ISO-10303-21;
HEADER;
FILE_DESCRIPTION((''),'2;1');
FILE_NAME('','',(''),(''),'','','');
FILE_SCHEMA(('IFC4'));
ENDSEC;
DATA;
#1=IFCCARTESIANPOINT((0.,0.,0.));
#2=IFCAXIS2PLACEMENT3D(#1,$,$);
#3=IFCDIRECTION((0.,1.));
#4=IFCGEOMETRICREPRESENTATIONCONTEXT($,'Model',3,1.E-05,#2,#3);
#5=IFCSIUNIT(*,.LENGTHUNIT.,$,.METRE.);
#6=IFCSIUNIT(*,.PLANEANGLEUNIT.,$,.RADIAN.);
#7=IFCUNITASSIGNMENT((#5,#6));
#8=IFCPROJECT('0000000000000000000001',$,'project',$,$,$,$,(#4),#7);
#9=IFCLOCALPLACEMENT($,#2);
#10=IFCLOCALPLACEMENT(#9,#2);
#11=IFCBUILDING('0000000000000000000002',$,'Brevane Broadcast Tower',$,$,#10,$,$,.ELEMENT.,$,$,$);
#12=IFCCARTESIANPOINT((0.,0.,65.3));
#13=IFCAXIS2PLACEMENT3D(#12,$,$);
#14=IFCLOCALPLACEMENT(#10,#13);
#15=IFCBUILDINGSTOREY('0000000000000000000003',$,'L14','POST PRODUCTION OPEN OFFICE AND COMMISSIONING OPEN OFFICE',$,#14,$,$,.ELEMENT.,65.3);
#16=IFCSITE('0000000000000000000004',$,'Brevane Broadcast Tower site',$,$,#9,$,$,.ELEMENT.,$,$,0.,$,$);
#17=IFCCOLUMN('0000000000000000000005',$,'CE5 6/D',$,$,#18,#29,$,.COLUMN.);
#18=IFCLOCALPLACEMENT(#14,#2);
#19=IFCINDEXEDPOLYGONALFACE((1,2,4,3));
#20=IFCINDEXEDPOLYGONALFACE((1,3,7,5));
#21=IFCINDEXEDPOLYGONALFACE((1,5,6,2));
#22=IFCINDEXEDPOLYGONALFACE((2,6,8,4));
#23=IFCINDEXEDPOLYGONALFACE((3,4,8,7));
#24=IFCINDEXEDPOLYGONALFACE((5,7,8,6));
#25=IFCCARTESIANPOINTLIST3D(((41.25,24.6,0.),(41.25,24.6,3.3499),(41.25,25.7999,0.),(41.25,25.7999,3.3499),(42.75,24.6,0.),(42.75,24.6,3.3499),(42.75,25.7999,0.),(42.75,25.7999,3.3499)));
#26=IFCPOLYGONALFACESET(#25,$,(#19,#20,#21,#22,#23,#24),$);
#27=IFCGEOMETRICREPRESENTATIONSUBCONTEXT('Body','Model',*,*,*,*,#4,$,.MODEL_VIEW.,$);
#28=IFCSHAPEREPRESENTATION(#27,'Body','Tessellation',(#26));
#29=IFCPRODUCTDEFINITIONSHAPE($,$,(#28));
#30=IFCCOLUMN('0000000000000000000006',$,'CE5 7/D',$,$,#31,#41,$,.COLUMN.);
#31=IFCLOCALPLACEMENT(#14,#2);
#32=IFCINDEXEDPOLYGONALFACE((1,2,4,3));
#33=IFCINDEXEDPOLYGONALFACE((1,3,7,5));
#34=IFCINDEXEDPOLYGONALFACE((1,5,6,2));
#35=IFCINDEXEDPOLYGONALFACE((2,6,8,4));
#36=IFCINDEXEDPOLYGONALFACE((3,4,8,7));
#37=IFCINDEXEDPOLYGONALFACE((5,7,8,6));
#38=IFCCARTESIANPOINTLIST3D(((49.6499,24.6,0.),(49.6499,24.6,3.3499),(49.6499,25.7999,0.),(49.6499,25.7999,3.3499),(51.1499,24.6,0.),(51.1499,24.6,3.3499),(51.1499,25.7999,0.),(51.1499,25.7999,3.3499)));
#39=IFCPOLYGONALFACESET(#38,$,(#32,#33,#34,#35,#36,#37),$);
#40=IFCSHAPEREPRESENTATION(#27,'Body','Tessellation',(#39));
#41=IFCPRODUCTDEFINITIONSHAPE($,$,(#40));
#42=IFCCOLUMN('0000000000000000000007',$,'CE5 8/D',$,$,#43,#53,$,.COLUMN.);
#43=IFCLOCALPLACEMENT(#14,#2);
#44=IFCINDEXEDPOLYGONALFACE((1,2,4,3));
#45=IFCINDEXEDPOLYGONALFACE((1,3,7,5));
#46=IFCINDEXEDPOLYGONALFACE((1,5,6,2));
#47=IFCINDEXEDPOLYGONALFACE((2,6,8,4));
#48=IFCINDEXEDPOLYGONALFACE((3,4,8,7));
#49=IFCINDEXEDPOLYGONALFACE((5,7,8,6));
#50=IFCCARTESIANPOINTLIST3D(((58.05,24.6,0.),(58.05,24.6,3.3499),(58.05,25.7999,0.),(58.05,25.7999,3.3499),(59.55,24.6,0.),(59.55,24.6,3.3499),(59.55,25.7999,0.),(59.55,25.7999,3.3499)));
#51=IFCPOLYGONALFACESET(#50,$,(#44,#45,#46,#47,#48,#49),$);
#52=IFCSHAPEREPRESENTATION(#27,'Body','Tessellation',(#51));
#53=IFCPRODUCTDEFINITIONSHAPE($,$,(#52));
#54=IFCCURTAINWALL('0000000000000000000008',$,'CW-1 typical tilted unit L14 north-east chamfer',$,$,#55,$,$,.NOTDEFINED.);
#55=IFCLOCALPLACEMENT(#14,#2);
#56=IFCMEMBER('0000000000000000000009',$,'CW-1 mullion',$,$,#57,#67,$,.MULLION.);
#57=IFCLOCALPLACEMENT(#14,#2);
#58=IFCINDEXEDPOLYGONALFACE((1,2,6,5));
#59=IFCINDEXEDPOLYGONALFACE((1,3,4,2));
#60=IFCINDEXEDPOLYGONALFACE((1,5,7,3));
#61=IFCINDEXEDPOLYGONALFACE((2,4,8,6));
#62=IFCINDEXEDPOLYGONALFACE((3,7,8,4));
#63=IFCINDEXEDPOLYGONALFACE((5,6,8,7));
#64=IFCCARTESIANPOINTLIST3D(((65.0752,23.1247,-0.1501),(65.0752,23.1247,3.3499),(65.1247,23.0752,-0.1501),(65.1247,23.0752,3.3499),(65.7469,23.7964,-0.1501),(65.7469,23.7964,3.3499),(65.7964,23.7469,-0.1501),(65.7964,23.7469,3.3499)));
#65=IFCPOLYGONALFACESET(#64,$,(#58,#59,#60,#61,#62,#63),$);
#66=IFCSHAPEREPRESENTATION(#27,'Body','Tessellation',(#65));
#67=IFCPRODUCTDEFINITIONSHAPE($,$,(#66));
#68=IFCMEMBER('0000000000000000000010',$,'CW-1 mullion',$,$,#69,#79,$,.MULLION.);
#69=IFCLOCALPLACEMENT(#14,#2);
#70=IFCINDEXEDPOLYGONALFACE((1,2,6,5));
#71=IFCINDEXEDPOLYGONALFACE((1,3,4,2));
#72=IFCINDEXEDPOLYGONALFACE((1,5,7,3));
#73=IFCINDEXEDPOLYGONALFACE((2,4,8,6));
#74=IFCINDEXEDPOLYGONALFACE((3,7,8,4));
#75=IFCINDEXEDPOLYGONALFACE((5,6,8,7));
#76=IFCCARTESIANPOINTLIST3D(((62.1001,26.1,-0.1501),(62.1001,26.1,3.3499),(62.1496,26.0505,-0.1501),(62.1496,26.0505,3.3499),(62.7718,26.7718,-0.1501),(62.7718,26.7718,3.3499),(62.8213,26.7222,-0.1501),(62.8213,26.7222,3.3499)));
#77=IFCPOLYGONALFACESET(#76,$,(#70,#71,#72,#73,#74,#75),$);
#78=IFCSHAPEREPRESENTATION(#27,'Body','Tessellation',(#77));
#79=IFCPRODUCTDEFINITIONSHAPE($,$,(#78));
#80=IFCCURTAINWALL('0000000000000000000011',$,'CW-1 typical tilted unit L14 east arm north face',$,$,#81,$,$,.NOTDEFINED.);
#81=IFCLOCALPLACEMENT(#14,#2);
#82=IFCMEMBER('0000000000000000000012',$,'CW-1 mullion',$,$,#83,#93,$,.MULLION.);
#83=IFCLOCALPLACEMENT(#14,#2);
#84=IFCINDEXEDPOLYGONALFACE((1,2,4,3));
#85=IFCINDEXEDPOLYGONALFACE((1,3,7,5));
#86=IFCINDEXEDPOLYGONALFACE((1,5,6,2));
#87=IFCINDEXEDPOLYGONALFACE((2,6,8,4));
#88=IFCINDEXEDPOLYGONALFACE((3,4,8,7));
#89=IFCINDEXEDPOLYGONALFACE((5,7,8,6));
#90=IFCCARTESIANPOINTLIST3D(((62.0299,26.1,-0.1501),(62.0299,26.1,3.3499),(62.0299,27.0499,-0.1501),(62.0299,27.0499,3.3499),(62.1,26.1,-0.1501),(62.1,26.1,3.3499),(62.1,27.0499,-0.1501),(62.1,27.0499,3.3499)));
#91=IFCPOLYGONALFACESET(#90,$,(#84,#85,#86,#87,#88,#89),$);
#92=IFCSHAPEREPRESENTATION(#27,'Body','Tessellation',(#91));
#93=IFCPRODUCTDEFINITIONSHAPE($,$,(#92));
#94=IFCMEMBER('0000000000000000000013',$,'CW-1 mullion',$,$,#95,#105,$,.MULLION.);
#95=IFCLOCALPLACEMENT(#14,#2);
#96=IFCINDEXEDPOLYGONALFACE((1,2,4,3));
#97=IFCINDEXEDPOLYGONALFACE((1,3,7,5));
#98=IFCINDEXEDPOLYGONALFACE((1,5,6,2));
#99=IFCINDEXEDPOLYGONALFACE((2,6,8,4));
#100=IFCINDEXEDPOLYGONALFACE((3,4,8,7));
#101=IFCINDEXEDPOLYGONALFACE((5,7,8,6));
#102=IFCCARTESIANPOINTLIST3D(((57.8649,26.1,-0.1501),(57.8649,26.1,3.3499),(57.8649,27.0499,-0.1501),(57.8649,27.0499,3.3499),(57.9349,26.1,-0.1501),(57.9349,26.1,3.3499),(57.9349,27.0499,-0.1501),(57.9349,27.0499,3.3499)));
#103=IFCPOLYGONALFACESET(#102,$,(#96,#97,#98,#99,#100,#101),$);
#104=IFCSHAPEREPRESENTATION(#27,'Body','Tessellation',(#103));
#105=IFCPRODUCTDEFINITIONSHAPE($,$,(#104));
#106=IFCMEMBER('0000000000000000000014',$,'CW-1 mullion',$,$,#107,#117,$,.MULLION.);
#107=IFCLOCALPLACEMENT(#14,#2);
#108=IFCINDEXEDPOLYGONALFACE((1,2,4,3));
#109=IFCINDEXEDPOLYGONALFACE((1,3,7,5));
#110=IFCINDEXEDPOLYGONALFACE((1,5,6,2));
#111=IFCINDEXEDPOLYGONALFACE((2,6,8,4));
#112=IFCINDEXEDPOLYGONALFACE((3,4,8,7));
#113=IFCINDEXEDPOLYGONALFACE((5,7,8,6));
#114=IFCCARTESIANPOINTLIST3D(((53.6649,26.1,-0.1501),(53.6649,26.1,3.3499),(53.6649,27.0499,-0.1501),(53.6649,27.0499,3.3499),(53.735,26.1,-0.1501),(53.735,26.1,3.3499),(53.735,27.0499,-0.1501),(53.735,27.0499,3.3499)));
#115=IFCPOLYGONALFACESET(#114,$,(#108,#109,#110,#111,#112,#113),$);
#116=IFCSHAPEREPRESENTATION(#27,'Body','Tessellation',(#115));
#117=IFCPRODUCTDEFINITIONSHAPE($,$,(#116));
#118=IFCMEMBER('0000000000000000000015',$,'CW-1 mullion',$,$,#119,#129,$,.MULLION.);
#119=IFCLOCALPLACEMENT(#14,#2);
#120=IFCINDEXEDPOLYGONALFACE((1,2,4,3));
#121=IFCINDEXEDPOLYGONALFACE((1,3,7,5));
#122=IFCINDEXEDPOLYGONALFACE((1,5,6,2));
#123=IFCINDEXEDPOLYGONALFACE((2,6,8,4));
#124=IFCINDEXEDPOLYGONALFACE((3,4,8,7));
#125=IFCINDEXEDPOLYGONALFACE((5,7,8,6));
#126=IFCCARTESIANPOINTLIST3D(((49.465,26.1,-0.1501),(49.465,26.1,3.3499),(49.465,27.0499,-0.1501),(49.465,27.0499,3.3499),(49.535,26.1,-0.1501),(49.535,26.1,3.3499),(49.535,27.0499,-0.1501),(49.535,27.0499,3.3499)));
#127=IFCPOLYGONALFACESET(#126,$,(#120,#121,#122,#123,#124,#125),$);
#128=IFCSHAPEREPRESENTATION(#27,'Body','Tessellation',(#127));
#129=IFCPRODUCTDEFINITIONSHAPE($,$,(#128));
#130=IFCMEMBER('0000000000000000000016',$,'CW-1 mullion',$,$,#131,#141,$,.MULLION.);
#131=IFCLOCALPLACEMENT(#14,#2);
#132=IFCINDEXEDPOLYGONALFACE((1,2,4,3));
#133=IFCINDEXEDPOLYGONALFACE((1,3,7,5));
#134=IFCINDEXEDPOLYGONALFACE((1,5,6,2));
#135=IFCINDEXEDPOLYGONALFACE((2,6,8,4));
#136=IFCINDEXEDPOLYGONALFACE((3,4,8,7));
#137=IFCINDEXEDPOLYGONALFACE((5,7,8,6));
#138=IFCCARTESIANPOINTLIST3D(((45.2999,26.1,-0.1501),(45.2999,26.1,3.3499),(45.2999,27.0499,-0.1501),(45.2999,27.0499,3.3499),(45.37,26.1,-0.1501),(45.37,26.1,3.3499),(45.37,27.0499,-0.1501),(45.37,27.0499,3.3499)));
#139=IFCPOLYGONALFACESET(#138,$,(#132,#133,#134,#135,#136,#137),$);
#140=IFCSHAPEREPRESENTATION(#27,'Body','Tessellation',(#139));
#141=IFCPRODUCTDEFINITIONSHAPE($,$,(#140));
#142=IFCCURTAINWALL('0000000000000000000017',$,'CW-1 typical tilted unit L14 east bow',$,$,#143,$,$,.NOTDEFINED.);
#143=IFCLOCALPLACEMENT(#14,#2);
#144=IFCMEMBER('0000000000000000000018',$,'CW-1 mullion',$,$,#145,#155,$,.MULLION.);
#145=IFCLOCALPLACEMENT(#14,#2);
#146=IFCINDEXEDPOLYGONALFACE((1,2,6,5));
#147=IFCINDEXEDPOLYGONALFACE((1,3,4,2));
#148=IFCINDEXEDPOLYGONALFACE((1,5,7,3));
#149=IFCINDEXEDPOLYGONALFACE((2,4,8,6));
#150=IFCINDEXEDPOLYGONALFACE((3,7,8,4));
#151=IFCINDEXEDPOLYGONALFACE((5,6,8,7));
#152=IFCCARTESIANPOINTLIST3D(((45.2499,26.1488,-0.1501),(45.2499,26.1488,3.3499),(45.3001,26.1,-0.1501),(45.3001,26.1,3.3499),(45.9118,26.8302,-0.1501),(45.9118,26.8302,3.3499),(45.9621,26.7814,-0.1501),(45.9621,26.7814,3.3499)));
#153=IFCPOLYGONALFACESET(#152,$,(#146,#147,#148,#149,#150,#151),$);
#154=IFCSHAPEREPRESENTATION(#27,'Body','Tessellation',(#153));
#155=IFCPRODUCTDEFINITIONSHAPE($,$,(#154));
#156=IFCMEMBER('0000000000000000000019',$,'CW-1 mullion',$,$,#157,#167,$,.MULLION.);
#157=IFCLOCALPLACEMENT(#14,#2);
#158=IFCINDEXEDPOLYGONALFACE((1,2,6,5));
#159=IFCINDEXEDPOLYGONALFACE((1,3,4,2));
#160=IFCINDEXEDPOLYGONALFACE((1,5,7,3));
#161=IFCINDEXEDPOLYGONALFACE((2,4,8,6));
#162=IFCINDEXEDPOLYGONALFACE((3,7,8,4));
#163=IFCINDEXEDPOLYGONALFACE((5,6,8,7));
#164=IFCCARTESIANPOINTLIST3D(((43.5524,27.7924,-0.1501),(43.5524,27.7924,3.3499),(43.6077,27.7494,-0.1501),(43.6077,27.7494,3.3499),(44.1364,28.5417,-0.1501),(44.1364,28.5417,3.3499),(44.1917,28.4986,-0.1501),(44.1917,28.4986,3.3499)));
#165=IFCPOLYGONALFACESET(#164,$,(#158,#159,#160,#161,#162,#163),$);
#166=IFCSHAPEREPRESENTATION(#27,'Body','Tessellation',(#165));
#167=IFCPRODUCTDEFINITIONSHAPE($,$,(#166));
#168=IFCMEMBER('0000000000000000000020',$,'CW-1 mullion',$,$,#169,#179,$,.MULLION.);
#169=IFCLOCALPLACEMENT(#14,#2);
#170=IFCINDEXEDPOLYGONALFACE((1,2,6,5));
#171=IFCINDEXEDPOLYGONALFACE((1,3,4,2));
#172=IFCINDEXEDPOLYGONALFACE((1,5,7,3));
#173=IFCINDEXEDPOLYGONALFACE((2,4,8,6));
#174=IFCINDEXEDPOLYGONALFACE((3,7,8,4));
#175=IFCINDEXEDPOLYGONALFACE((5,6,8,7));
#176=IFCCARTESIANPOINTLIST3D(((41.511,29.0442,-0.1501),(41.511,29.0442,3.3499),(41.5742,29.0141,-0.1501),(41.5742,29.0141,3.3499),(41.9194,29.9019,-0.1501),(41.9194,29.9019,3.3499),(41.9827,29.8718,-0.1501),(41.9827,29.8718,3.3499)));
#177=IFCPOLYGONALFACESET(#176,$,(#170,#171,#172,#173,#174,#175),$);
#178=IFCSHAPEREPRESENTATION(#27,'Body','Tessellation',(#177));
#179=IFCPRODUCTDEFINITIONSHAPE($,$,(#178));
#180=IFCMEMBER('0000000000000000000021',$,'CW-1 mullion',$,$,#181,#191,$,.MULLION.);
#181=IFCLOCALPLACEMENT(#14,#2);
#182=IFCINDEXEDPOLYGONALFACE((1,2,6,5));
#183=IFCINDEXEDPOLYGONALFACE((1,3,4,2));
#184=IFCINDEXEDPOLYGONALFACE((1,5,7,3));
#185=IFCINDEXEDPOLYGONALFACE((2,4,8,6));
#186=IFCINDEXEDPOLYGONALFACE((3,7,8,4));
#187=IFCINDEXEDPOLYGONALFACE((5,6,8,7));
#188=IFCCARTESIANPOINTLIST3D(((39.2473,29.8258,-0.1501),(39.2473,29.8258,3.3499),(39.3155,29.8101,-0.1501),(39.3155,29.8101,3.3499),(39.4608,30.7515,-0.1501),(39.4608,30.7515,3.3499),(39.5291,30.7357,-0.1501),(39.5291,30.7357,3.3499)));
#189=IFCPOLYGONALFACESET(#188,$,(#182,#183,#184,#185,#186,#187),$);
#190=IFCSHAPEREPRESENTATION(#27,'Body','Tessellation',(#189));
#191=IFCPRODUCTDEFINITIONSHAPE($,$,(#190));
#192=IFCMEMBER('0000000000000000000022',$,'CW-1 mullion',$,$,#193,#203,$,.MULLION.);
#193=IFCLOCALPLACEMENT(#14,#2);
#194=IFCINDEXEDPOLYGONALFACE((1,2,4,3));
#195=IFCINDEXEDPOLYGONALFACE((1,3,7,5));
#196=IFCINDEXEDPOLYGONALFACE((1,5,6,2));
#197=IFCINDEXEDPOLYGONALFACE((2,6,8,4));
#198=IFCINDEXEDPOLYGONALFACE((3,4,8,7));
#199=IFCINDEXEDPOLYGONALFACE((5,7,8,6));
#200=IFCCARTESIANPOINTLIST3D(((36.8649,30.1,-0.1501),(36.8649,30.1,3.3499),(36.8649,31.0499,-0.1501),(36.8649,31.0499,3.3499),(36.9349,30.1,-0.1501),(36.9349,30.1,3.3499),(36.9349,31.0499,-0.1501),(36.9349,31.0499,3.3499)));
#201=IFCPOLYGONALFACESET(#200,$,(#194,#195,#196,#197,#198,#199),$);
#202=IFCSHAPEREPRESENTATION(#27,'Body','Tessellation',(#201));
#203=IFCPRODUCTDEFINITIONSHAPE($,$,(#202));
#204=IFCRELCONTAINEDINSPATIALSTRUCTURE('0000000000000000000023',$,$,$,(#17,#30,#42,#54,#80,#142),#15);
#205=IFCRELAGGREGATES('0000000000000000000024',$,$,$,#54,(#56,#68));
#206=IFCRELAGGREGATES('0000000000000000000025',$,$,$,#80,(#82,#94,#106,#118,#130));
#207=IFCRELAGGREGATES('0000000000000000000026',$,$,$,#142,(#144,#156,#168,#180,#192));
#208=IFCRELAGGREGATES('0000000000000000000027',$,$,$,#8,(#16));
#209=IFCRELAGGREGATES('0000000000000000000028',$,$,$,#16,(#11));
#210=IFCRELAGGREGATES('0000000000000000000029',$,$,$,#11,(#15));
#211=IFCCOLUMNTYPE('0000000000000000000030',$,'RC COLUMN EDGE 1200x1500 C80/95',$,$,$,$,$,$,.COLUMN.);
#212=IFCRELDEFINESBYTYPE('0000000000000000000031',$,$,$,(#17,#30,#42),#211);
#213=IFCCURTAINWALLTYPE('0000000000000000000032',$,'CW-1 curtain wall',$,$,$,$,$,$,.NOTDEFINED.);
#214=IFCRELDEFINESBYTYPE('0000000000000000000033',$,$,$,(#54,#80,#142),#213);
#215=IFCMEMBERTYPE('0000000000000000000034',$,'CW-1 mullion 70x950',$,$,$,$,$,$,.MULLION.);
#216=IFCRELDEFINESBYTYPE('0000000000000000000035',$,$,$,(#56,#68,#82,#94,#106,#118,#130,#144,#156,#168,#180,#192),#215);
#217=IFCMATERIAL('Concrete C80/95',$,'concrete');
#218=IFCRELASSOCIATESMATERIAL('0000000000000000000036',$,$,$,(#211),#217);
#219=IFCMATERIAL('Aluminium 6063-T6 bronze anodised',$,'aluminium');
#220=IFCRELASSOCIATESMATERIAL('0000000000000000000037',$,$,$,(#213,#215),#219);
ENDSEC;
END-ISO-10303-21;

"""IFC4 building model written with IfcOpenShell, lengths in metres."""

from ifc_helpers import new_model, si_unit, direction, frame, origin, origin_2d, place, context, subcontext, project, spatial, rectangle, extrude, material, material_profile, profile_set, type_object, element, aggregate, save


model = new_model("IFC4")

# Units and contexts
model_context = context("Model", 3, precision=1e-05, world=origin(), true_north=direction((0.0, 1.0)))
body_context = subcontext(model_context, "Body", "Model", "MODEL_VIEW")
ifc_project = project(units=[si_unit("LENGTHUNIT", "METRE"), si_unit("PLANEANGLEUNIT", "RADIAN")], contexts=[model_context])

# Site, building, storey
site_placement = place(None, origin())
site = spatial("IfcSite", under=ifc_project, at=site_placement, Name="Brevane Broadcast Tower site", CompositionType="ELEMENT", RefElevation=0.0)
building_placement = place(site_placement, origin())
building = spatial("IfcBuilding", under=site, at=building_placement, Name="Brevane Broadcast Tower", CompositionType="ELEMENT")
storey_placement = place(building_placement, frame((0.0, 0.0, 65.3)))
storey = spatial("IfcBuildingStorey", under=building, at=storey_placement, Name="L14", Description="POST PRODUCTION OPEN OFFICE AND COMMISSIONING OPEN OFFICE", CompositionType="ELEMENT", Elevation=65.3)

# Columns
ifc_material_1 = material(Name="Concrete C80/95", Category="concrete")
ifc_material_profile_1 = material_profile(ifc_material_1, rectangle(XDim=1.2, YDim=1.5, at=origin_2d()), Name="RC 1200x1500")
ifc_profile_set_1 = profile_set([ifc_material_profile_1], Name="Concrete C80/95")
column_type = type_object("IfcColumnType", Name="RC COLUMN EDGE 1200x1500 C80/95", PredefinedType="COLUMN", material=ifc_profile_set_1)
for number, where, z_axis, x_axis, name in (
    (1, (42.0, 25.2, 0.0), (0.0, 0.0, 1.0), (0.0, 1.0, 0.0), "CE5 6/D"),
    (2, (50.3999, 25.2, 0.0), (0.0, 0.0, 1.0), (0.0, 1.0, 0.0), "CE5 7/D"),
    (3, (58.8, 25.2, 0.0), (0.0, 0.0, 1.0), (0.0, 1.0, 0.0), "CE5 8/D"),
):
    element("IfcColumn", number, at=place(storey_placement, frame(where, z_axis=z_axis, x_axis=x_axis)), inside=storey, type_object=column_type, Name=name, PredefinedType="COLUMN", context=body_context, shape_type="SweptSolid", body=[
        extrude(rectangle(XDim=1.2, YDim=1.5, at=origin_2d()), origin(), (0.0, 0.0, 1.0), 3.3499),
    ])

# Curtain walls, members
ifc_material_2 = material(Name="Aluminium 6063-T6 bronze anodised", Category="aluminium")
curtain_wall_type = type_object("IfcCurtainWallType", Name="CW-1 curtain wall", PredefinedType="NOTDEFINED", material=ifc_material_2)
curtain_wall_1_placement = place(storey_placement, origin())
curtain_wall_1 = element("IfcCurtainWall", 4, at=curtain_wall_1_placement, inside=storey, type_object=curtain_wall_type, Name="CW-1 typical tilted unit L14 north-east chamfer", PredefinedType="NOTDEFINED")
ifc_material_profile_2 = material_profile(ifc_material_2, rectangle(XDim=0.95, YDim=0.0701, at=origin_2d()), Name="RECT 70x950")
ifc_profile_set_2 = profile_set([ifc_material_profile_2], Name="Aluminium 6063-T6 bronze anodised")
member_type_1 = type_object("IfcMemberType", Name="CW-1 mullion 70x950", PredefinedType="MULLION", material=ifc_profile_set_2)
member_1_placement = place(storey_placement, frame((65.4358, 23.4358, -0.1501), z_axis=(0.0, 0.0, 1.0), x_axis=(-0.707107, -0.707107, 0.0)))
member_1 = element("IfcMember", 5, at=member_1_placement, type_object=member_type_1, Name="CW-1 mullion", PredefinedType="MULLION", context=body_context, shape_type="SweptSolid", body=[
    extrude(rectangle(XDim=0.95, YDim=0.0701, at=origin_2d()), origin(), (0.0, 0.0, 1.0), 3.5),
])
member_2_placement = place(storey_placement, frame((62.4607, 26.4111, -0.1501), z_axis=(0.0, 0.0, 1.0), x_axis=(-0.707107, -0.707107, 0.0)))
member_2 = element("IfcMember", 6, at=member_2_placement, type_object=member_type_1, Name="CW-1 mullion", PredefinedType="MULLION", context=body_context, shape_type="SweptSolid", body=[
    extrude(rectangle(XDim=0.95, YDim=0.0701, at=origin_2d()), origin(), (0.0, 0.0, 1.0), 3.5),
])
aggregate(curtain_wall_1, [member_1, member_2])
curtain_wall_2_placement = place(storey_placement, origin())
curtain_wall_2 = element("IfcCurtainWall", 7, at=curtain_wall_2_placement, inside=storey, type_object=curtain_wall_type, Name="CW-1 typical tilted unit L14 east arm north face", PredefinedType="NOTDEFINED")
member_3_placement = place(storey_placement, frame((62.0649, 26.575, -0.1501), z_axis=(0.0, 0.0, 1.0), x_axis=(0.0, -1.0, 0.0)))
member_3 = element("IfcMember", 8, at=member_3_placement, type_object=member_type_1, Name="CW-1 mullion", PredefinedType="MULLION", context=body_context, shape_type="SweptSolid", body=[
    extrude(rectangle(XDim=0.95, YDim=0.0701, at=origin_2d()), origin(), (0.0, 0.0, 1.0), 3.5),
])
member_4_placement = place(storey_placement, frame((57.8999, 26.575, -0.1501), z_axis=(0.0, 0.0, 1.0), x_axis=(0.0, -1.0, 0.0)))
member_4 = element("IfcMember", 9, at=member_4_placement, type_object=member_type_1, Name="CW-1 mullion", PredefinedType="MULLION", context=body_context, shape_type="SweptSolid", body=[
    extrude(rectangle(XDim=0.95, YDim=0.0701, at=origin_2d()), origin(), (0.0, 0.0, 1.0), 3.5),
])
member_5_placement = place(storey_placement, frame((53.7, 26.575, -0.1501), z_axis=(0.0, 0.0, 1.0), x_axis=(0.0, -1.0, 0.0)))
member_5 = element("IfcMember", 10, at=member_5_placement, type_object=member_type_1, Name="CW-1 mullion", PredefinedType="MULLION", context=body_context, shape_type="SweptSolid", body=[
    extrude(rectangle(XDim=0.95, YDim=0.0701, at=origin_2d()), origin(), (0.0, 0.0, 1.0), 3.5),
])
member_6_placement = place(storey_placement, frame((49.5, 26.575, -0.1501), z_axis=(0.0, 0.0, 1.0), x_axis=(0.0, -1.0, 0.0)))
member_6 = element("IfcMember", 11, at=member_6_placement, type_object=member_type_1, Name="CW-1 mullion", PredefinedType="MULLION", context=body_context, shape_type="SweptSolid", body=[
    extrude(rectangle(XDim=0.95, YDim=0.0701, at=origin_2d()), origin(), (0.0, 0.0, 1.0), 3.5),
])
member_7_placement = place(storey_placement, frame((45.335, 26.575, -0.1501), z_axis=(0.0, 0.0, 1.0), x_axis=(0.0, -1.0, 0.0)))
member_7 = element("IfcMember", 12, at=member_7_placement, type_object=member_type_1, Name="CW-1 mullion", PredefinedType="MULLION", context=body_context, shape_type="SweptSolid", body=[
    extrude(rectangle(XDim=0.95, YDim=0.0701, at=origin_2d()), origin(), (0.0, 0.0, 1.0), 3.5),
])
curtain_wall_3_placement = place(storey_placement, origin())
curtain_wall_3 = element("IfcCurtainWall", 13, at=curtain_wall_3_placement, inside=storey, type_object=curtain_wall_type, Name="CW-1 typical tilted unit L14 east bow", PredefinedType="NOTDEFINED")
member_8_placement = place(storey_placement, frame((45.606, 26.4651, -0.1501), z_axis=(0.0, 0.0, 1.0), x_axis=(-0.696812, -0.717254, 0.0)))
member_8 = element("IfcMember", 14, at=member_8_placement, type_object=member_type_1, Name="CW-1 mullion", PredefinedType="MULLION", context=body_context, shape_type="SweptSolid", body=[
    extrude(rectangle(XDim=0.95, YDim=0.0701, at=origin_2d()), origin(), (0.0, 0.0, 1.0), 3.5),
])
member_9_placement = place(storey_placement, frame((43.8721, 28.1455, -0.1501), z_axis=(0.0, 0.0, 1.0), x_axis=(-0.61477, -0.788707, 0.0)))
member_9 = element("IfcMember", 15, at=member_9_placement, type_object=member_type_1, Name="CW-1 mullion", PredefinedType="MULLION", context=body_context, shape_type="SweptSolid", body=[
    extrude(rectangle(XDim=0.95, YDim=0.0701, at=origin_2d()), origin(), (0.0, 0.0, 1.0), 3.5),
])
member_10_placement = place(storey_placement, frame((41.7468, 29.458, -0.1501), z_axis=(0.0, 0.0, 1.0), x_axis=(-0.429934, -0.902861, 0.0)))
member_10 = element("IfcMember", 16, at=member_10_placement, type_object=member_type_1, Name="CW-1 mullion", PredefinedType="MULLION", context=body_context, shape_type="SweptSolid", body=[
    extrude(rectangle(XDim=0.95, YDim=0.0701, at=origin_2d()), origin(), (0.0, 0.0, 1.0), 3.5),
])
member_11_placement = place(storey_placement, frame((39.3882, 30.2808, -0.1501), z_axis=(0.0, 0.0, 1.0), x_axis=(-0.224806, -0.974403, 0.0)))
member_11 = element("IfcMember", 17, at=member_11_placement, type_object=member_type_1, Name="CW-1 mullion", PredefinedType="MULLION", context=body_context, shape_type="SweptSolid", body=[
    extrude(rectangle(XDim=0.95, YDim=0.0701, at=origin_2d()), origin(), (0.0, 0.0, 1.0), 3.5),
])
member_12_placement = place(storey_placement, frame((36.8999, 30.575, -0.1501), z_axis=(0.0, 0.0, 1.0), x_axis=(0.0, -1.0, 0.0)))
member_12 = element("IfcMember", 18, at=member_12_placement, type_object=member_type_1, Name="CW-1 mullion", PredefinedType="MULLION", context=body_context, shape_type="SweptSolid", body=[
    extrude(rectangle(XDim=0.95, YDim=0.0701, at=origin_2d()), origin(), (0.0, 0.0, 1.0), 3.5),
])

aggregate(curtain_wall_2, [member_3, member_4, member_5, member_6, member_7])
aggregate(curtain_wall_3, [member_8, member_9, member_10, member_11, member_12])

save(model, "model.ifc")
